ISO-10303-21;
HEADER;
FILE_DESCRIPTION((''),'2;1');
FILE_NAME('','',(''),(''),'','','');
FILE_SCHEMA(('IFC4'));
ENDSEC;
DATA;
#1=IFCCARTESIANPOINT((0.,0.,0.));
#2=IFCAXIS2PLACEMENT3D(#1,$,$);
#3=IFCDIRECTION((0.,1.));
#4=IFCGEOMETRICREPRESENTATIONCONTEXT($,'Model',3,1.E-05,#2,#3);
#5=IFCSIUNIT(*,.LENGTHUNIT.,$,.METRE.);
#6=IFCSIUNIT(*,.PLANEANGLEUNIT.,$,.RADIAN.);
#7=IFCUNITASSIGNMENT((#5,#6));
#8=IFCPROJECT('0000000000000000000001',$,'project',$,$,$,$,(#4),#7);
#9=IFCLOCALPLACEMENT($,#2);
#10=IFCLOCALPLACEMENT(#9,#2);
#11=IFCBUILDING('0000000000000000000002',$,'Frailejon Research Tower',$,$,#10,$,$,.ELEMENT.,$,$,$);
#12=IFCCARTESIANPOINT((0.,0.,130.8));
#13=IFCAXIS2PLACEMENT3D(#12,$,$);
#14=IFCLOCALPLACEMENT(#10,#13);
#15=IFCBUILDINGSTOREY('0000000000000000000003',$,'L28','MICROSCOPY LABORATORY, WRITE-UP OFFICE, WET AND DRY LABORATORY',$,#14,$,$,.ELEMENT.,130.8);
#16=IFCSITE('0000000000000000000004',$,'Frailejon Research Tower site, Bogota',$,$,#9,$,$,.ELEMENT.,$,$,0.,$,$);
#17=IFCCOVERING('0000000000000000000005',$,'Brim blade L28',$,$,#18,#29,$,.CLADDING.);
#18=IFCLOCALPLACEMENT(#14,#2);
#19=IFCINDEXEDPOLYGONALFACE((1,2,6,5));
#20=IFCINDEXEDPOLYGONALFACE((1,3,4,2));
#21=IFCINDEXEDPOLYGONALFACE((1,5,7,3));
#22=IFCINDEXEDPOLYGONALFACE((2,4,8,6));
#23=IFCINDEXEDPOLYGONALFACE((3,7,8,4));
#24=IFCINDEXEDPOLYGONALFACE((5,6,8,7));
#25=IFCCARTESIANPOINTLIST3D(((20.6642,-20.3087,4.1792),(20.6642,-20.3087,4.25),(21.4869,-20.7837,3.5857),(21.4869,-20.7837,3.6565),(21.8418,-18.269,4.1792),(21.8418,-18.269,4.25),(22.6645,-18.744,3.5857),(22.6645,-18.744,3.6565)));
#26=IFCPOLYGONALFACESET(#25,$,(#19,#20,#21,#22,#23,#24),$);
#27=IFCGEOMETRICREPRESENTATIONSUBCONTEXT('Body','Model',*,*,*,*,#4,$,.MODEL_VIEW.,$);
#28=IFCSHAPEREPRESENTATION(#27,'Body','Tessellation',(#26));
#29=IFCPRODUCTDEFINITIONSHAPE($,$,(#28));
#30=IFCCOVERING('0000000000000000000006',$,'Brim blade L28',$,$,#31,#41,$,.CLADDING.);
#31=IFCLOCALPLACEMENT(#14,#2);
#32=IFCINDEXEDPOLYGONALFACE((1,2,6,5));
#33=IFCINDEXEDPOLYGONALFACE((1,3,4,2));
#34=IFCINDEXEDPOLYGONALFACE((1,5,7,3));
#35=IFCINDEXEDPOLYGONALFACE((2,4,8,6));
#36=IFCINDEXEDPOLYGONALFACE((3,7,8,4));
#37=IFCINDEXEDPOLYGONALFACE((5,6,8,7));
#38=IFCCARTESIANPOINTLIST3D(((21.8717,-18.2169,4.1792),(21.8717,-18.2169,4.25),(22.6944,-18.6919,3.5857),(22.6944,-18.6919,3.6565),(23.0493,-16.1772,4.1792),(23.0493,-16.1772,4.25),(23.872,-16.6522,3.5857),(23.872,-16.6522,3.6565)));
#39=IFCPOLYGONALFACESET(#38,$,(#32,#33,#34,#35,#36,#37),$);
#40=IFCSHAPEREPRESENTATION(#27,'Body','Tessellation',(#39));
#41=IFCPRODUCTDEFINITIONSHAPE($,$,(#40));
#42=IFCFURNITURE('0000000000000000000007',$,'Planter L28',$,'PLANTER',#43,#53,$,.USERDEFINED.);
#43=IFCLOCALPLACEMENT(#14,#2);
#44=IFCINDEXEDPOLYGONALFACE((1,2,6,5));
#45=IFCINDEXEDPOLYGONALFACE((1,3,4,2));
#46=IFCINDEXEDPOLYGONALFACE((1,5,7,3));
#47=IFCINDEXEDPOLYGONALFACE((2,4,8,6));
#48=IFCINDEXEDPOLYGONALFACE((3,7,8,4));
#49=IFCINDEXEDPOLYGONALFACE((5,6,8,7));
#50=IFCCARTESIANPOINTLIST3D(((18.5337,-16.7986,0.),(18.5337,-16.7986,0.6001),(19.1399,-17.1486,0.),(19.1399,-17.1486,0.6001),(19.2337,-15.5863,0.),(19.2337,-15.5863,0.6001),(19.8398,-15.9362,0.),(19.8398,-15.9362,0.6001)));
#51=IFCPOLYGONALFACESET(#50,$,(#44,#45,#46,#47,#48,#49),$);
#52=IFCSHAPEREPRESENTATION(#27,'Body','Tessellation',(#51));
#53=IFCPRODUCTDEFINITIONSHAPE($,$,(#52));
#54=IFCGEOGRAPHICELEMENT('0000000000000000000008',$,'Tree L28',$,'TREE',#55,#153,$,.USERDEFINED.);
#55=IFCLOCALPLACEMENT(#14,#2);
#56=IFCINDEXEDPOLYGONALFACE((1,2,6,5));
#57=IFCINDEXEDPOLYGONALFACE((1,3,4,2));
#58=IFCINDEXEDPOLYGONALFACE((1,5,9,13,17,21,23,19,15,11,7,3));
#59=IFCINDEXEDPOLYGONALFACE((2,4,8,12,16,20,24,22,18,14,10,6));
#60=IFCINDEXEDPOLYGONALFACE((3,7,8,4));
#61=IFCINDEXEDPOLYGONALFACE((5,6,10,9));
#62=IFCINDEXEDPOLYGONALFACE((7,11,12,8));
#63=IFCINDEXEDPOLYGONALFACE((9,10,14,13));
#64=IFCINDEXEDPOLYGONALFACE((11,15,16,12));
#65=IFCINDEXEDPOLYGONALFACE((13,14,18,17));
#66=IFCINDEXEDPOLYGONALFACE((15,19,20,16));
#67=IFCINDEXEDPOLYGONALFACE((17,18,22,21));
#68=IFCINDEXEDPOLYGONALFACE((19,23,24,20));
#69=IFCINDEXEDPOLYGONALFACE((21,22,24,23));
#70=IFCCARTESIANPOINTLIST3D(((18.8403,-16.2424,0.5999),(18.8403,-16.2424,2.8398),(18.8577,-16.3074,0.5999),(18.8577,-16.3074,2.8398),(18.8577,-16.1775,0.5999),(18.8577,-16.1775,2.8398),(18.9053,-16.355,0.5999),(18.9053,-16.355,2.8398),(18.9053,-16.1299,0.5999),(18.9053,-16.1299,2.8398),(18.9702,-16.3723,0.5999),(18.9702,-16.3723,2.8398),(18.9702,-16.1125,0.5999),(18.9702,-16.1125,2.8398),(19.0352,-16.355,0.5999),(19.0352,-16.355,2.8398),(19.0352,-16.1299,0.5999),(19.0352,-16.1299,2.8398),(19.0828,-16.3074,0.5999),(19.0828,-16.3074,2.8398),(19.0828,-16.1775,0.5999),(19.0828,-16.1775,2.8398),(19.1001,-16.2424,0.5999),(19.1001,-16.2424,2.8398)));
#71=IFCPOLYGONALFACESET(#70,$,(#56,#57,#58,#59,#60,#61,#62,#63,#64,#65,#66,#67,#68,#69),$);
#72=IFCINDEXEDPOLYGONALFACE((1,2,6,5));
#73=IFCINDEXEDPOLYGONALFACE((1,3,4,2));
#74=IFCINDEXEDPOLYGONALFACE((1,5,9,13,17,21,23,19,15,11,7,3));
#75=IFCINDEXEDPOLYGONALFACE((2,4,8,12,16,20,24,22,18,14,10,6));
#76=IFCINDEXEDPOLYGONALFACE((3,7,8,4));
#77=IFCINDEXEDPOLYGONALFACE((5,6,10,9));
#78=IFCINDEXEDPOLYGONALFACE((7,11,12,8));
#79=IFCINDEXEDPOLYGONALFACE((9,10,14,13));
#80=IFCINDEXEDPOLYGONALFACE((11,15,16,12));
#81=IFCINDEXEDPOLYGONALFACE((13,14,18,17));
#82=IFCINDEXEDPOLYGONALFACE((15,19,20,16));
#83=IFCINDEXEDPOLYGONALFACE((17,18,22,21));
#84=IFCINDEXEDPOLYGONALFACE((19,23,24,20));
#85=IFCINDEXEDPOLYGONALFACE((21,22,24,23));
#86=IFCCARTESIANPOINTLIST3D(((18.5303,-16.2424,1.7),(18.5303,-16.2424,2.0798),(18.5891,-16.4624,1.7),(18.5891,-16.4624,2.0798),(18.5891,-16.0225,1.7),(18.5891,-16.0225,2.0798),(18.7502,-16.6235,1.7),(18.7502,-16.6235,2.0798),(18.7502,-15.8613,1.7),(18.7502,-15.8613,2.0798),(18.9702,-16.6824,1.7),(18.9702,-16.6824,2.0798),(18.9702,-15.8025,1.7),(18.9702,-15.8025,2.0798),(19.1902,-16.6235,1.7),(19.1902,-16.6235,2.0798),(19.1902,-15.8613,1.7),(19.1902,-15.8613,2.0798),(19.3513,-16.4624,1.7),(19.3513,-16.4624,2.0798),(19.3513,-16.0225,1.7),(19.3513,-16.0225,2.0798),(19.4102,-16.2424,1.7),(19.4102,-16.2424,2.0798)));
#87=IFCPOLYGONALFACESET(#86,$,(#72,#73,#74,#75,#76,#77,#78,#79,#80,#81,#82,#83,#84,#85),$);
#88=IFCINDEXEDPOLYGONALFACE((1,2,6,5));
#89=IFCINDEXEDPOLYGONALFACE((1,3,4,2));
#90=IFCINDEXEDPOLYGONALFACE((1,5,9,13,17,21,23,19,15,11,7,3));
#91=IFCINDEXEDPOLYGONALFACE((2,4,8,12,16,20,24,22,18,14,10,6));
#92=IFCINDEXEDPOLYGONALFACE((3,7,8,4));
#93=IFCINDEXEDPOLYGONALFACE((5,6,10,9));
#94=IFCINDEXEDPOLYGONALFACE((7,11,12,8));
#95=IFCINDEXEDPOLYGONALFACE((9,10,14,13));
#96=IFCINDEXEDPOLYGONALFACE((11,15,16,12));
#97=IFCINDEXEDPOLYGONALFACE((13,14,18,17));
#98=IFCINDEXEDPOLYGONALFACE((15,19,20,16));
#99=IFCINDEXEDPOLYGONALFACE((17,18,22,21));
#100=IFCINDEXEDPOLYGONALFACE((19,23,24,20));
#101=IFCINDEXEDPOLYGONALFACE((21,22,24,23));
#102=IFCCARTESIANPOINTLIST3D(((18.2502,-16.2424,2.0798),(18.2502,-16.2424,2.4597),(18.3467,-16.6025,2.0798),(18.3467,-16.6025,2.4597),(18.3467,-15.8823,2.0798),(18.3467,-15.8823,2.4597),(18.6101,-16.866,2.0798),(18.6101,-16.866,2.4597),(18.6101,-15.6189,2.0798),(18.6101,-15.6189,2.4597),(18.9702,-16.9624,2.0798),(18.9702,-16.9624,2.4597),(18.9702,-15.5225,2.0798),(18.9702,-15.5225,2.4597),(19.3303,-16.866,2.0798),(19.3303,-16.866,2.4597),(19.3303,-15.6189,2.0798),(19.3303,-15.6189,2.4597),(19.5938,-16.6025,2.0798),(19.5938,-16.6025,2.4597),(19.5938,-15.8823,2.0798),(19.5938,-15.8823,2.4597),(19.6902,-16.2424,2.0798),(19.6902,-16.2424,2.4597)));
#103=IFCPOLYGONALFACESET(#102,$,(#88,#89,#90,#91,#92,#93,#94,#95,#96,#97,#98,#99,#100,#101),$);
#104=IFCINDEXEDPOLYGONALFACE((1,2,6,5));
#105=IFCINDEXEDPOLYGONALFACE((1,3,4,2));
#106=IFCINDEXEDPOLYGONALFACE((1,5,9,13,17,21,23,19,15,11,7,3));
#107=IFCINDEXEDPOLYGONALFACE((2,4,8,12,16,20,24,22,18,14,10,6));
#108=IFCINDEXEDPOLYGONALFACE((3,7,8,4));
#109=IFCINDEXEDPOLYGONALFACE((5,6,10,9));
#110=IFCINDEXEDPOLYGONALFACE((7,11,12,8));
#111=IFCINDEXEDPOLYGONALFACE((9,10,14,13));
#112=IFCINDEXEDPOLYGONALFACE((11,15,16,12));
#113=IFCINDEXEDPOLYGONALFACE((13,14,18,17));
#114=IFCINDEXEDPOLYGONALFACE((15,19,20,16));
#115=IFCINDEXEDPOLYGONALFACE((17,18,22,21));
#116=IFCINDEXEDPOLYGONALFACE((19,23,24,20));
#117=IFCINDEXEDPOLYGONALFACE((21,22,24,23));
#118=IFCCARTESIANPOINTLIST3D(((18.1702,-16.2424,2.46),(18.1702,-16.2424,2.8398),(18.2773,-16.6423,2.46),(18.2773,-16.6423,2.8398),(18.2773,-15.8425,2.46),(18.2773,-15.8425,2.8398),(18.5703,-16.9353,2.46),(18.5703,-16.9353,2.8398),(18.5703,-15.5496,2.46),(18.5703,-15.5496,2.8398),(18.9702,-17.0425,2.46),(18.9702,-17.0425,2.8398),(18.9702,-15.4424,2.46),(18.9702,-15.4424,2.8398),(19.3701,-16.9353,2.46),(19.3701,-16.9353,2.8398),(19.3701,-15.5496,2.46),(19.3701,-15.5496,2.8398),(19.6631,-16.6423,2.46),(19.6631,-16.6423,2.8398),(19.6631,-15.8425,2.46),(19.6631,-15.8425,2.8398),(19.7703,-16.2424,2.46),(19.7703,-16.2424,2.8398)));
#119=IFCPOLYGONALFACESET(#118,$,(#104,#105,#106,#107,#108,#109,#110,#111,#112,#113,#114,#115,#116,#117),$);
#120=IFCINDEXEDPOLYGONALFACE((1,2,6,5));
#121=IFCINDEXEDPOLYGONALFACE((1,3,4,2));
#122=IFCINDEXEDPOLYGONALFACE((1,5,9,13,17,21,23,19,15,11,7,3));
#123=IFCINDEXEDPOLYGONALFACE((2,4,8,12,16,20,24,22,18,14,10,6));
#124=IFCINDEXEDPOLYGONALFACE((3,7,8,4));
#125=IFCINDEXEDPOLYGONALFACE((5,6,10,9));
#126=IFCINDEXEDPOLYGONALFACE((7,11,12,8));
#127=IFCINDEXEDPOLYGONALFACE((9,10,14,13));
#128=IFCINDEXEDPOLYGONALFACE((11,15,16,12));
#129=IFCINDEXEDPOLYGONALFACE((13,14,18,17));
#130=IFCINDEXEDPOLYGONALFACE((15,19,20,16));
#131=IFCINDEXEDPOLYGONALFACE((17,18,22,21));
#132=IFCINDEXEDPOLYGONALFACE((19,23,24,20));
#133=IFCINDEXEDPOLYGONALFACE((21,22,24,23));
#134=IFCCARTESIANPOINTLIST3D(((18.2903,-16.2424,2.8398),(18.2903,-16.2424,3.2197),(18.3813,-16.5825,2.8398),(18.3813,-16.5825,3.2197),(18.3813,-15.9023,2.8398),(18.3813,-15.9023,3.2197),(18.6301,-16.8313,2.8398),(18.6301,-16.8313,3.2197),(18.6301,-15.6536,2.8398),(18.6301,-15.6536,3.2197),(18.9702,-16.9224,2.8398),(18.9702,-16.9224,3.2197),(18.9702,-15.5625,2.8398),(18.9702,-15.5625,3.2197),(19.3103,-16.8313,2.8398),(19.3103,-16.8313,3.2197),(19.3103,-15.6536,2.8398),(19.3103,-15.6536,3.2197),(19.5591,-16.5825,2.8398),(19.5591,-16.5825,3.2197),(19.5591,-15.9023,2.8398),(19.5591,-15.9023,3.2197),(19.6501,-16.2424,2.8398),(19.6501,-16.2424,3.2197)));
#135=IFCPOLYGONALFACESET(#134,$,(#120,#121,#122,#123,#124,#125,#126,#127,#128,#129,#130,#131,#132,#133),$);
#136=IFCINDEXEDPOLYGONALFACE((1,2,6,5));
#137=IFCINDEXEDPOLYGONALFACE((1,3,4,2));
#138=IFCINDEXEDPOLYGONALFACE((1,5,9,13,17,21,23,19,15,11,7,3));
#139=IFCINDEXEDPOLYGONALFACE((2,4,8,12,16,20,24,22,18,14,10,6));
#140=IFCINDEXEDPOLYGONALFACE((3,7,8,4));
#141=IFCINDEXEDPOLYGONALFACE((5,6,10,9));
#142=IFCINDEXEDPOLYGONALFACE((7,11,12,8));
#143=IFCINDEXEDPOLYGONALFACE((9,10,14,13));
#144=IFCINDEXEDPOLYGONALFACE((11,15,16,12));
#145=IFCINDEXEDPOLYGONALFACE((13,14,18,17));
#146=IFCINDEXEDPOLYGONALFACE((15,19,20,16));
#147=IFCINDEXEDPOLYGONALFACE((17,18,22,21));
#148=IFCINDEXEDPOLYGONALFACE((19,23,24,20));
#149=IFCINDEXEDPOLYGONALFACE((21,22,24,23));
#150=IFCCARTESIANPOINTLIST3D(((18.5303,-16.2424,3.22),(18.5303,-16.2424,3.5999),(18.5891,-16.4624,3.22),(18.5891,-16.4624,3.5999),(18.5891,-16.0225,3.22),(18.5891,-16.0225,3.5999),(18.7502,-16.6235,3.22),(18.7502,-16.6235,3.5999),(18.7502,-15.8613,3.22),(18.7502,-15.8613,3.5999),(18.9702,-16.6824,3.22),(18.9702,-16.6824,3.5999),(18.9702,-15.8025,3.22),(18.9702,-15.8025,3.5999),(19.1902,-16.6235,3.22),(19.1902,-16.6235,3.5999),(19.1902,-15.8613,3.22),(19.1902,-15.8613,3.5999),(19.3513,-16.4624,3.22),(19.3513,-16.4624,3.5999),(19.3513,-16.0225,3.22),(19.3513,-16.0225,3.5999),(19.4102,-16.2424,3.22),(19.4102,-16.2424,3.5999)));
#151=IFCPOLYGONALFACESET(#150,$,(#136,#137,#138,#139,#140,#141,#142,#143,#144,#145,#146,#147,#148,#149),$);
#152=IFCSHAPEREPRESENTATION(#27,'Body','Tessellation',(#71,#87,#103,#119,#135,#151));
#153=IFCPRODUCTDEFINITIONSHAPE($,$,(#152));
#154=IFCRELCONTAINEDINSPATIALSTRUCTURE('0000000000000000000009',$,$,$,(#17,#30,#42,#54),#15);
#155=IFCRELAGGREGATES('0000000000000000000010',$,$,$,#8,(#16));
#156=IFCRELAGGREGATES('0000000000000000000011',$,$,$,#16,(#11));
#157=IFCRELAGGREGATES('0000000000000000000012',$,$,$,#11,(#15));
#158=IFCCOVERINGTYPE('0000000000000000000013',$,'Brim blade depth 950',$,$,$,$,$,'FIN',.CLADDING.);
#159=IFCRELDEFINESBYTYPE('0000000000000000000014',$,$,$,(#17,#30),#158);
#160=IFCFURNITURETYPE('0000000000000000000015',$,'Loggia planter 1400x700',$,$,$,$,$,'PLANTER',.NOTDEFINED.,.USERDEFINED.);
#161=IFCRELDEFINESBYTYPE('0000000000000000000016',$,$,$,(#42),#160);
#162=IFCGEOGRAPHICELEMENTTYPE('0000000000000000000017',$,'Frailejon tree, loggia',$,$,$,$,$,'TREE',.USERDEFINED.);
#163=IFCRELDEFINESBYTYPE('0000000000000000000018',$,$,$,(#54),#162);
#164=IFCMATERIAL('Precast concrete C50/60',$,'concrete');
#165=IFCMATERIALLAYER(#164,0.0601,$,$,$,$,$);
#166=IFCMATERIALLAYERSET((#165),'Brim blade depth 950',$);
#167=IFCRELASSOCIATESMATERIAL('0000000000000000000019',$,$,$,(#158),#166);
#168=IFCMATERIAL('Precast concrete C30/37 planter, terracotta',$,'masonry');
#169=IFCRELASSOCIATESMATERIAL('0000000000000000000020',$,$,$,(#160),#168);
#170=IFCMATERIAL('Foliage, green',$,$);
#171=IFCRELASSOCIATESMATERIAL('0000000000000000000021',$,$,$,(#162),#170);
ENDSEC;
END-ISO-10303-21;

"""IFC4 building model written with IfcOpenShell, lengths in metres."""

from ifc_helpers import new_model, si_unit, direction, frame, origin, origin_2d, place, context, subcontext, project, spatial, polyline, rectangle, outline, extrude, material, layer, layer_set, type_object, element, save


model = new_model("IFC4")

# Units and contexts
model_context = context("Model", 3, precision=1e-05, world=origin(), true_north=direction((0.0, 1.0)))
body_context = subcontext(model_context, "Body", "Model", "MODEL_VIEW")
ifc_project = project(units=[si_unit("LENGTHUNIT", "METRE"), si_unit("PLANEANGLEUNIT", "RADIAN")], contexts=[model_context])

# Site, building, storey
site_placement = place(None, origin())
site = spatial("IfcSite", under=ifc_project, at=site_placement, Name="Frailejon Research Tower site, Bogota", CompositionType="ELEMENT", RefElevation=0.0)
building_placement = place(site_placement, origin())
building = spatial("IfcBuilding", under=site, at=building_placement, Name="Frailejon Research Tower", CompositionType="ELEMENT")
storey_placement = place(building_placement, frame((0.0, 0.0, 130.8)))
storey = spatial("IfcBuildingStorey", under=building, at=storey_placement, Name="L28", Description="MICROSCOPY LABORATORY, WRITE-UP OFFICE, WET AND DRY LABORATORY", CompositionType="ELEMENT", Elevation=130.8)

# Coverings
ifc_material_1 = material(Name="Precast concrete C50/60", Category="concrete")
ifc_layer_1 = layer(ifc_material_1, 0.0601)
ifc_layer_set_1 = layer_set([ifc_layer_1], Name="Brim blade depth 950")
covering_type_1 = type_object("IfcCoveringType", Name="Brim blade depth 950", ElementType="FIN", PredefinedType="CLADDING", material=ifc_layer_set_1)
for number, where, z_axis, x_axis, name in (
    (1, (21.8418, -18.269, 4.25), (-0.499997, -0.866027, 0.0), (0.866027, -0.499997, 0.0), "Brim blade L28"),
    (2, (23.0493, -16.1772, 4.25), (-0.499997, -0.866027, 0.0), (0.866027, -0.499997, 0.0), "Brim blade L28"),
):
    element("IfcCovering", number, at=place(storey_placement, frame(where, z_axis=z_axis, x_axis=x_axis)), inside=storey, type_object=covering_type_1, Name=name, PredefinedType="CLADDING", context=body_context, shape_type="SweptSolid", body=[
        extrude(outline(polyline([(0.0, -0.0708), (0.95, -0.6643), (0.95, -0.5935), (0.0, 0.0), (0.0, -0.0708)])), origin(), (0.0, 0.0, 1.0), 2.3552),
    ])

# Furniture
ifc_material_2 = material(Name="Precast concrete C30/37 planter, terracotta", Category="masonry")
furniture_type = type_object("IfcFurnitureType", Name="Loggia planter 1400x700", ElementType="PLANTER", AssemblyPlace="NOTDEFINED", PredefinedType="USERDEFINED", material=ifc_material_2)
furniture_placement = place(storey_placement, frame((19.1868, -16.3674, 0.0), z_axis=(0.0, 0.0, 1.0), x_axis=(0.5, 0.866025, 0.0)))
element("IfcFurniture", 3, at=furniture_placement, inside=storey, type_object=furniture_type, Name="Planter L28", ObjectType="PLANTER", PredefinedType="USERDEFINED", context=body_context, shape_type="SweptSolid", body=[
    extrude(rectangle(XDim=1.3999, YDim=0.7, at=origin_2d()), origin(), (0.0, 0.0, 1.0), 0.6001),
])

# Geographic element
ifc_material_3 = material(Name="Foliage, green")
geographic_element_type = type_object("IfcGeographicElementType", Name="Frailejon tree, loggia", ElementType="TREE", PredefinedType="USERDEFINED", material=ifc_material_3)
geographic_element_placement = place(storey_placement, frame((18.9702, -16.2424, 0.5999)))
element("IfcGeographicElement", 4, at=geographic_element_placement, inside=storey, type_object=geographic_element_type, Name="Tree L28", ObjectType="TREE", PredefinedType="USERDEFINED", context=body_context, shape_type="SweptSolid", body=[
    extrude(outline(polyline([(0.1299, 0.0), (0.1125, 0.0649), (0.0649, 0.1125), (0.0, 0.1299), (-0.0649, 0.1125), (-0.1125, 0.0649), (-0.1299, 0.0), (-0.1125, -0.0649), (-0.0649, -0.1125), (0.0, -0.1299), (0.0649, -0.1125), (0.1125, -0.0649), (0.1299, 0.0)])), origin(), (0.0, 0.0, 1.0), 2.24),
    extrude(outline(polyline([(0.4399, 0.0), (0.3811, 0.22), (0.22, 0.3811), (0.0, 0.4399), (-0.22, 0.3811), (-0.3811, 0.22), (-0.4399, 0.0), (-0.3811, -0.22), (-0.22, -0.3811), (0.0, -0.4399), (0.22, -0.3811), (0.3811, -0.22), (0.4399, 0.0)])), frame((0.0, 0.0, 1.1001)), (0.0, 0.0, 1.0), 0.3799),
    extrude(outline(polyline([(0.72, 0.0), (0.6235, 0.3601), (0.3601, 0.6235), (0.0, 0.72), (-0.3601, 0.6235), (-0.6235, 0.3601), (-0.72, 0.0), (-0.6235, -0.3601), (-0.3601, -0.6235), (0.0, -0.72), (0.3601, -0.6235), (0.6235, -0.3601), (0.72, 0.0)])), frame((0.0, 0.0, 1.48)), (0.0, 0.0, 1.0), 0.3799),
    extrude(outline(polyline([(0.8, 0.0), (0.6929, 0.3999), (0.3999, 0.6929), (0.0, 0.8), (-0.3999, 0.6929), (-0.6929, 0.3999), (-0.8, 0.0), (-0.6929, -0.3999), (-0.3999, -0.6929), (0.0, -0.8), (0.3999, -0.6929), (0.6929, -0.3999), (0.8, 0.0)])), frame((0.0, 0.0, 1.8601)), (0.0, 0.0, 1.0), 0.3799),
    extrude(outline(polyline([(0.6799, 0.0), (0.5889, 0.3401), (0.3401, 0.5889), (0.0, 0.6799), (-0.3401, 0.5889), (-0.5889, 0.3401), (-0.6799, 0.0), (-0.5889, -0.3401), (-0.3401, -0.5889), (0.0, -0.6799), (0.3401, -0.5889), (0.5889, -0.3401), (0.6799, 0.0)])), frame((0.0, 0.0, 2.24)), (0.0, 0.0, 1.0), 0.3799),
    extrude(outline(polyline([(0.4399, 0.0), (0.3811, 0.22), (0.22, 0.3811), (0.0, 0.4399), (-0.22, 0.3811), (-0.3811, 0.22), (-0.4399, 0.0), (-0.3811, -0.22), (-0.22, -0.3811), (0.0, -0.4399), (0.22, -0.3811), (0.3811, -0.22), (0.4399, 0.0)])), frame((0.0, 0.0, 2.6201)), (0.0, 0.0, 1.0), 0.3799),
])

save(model, "model.ifc")
